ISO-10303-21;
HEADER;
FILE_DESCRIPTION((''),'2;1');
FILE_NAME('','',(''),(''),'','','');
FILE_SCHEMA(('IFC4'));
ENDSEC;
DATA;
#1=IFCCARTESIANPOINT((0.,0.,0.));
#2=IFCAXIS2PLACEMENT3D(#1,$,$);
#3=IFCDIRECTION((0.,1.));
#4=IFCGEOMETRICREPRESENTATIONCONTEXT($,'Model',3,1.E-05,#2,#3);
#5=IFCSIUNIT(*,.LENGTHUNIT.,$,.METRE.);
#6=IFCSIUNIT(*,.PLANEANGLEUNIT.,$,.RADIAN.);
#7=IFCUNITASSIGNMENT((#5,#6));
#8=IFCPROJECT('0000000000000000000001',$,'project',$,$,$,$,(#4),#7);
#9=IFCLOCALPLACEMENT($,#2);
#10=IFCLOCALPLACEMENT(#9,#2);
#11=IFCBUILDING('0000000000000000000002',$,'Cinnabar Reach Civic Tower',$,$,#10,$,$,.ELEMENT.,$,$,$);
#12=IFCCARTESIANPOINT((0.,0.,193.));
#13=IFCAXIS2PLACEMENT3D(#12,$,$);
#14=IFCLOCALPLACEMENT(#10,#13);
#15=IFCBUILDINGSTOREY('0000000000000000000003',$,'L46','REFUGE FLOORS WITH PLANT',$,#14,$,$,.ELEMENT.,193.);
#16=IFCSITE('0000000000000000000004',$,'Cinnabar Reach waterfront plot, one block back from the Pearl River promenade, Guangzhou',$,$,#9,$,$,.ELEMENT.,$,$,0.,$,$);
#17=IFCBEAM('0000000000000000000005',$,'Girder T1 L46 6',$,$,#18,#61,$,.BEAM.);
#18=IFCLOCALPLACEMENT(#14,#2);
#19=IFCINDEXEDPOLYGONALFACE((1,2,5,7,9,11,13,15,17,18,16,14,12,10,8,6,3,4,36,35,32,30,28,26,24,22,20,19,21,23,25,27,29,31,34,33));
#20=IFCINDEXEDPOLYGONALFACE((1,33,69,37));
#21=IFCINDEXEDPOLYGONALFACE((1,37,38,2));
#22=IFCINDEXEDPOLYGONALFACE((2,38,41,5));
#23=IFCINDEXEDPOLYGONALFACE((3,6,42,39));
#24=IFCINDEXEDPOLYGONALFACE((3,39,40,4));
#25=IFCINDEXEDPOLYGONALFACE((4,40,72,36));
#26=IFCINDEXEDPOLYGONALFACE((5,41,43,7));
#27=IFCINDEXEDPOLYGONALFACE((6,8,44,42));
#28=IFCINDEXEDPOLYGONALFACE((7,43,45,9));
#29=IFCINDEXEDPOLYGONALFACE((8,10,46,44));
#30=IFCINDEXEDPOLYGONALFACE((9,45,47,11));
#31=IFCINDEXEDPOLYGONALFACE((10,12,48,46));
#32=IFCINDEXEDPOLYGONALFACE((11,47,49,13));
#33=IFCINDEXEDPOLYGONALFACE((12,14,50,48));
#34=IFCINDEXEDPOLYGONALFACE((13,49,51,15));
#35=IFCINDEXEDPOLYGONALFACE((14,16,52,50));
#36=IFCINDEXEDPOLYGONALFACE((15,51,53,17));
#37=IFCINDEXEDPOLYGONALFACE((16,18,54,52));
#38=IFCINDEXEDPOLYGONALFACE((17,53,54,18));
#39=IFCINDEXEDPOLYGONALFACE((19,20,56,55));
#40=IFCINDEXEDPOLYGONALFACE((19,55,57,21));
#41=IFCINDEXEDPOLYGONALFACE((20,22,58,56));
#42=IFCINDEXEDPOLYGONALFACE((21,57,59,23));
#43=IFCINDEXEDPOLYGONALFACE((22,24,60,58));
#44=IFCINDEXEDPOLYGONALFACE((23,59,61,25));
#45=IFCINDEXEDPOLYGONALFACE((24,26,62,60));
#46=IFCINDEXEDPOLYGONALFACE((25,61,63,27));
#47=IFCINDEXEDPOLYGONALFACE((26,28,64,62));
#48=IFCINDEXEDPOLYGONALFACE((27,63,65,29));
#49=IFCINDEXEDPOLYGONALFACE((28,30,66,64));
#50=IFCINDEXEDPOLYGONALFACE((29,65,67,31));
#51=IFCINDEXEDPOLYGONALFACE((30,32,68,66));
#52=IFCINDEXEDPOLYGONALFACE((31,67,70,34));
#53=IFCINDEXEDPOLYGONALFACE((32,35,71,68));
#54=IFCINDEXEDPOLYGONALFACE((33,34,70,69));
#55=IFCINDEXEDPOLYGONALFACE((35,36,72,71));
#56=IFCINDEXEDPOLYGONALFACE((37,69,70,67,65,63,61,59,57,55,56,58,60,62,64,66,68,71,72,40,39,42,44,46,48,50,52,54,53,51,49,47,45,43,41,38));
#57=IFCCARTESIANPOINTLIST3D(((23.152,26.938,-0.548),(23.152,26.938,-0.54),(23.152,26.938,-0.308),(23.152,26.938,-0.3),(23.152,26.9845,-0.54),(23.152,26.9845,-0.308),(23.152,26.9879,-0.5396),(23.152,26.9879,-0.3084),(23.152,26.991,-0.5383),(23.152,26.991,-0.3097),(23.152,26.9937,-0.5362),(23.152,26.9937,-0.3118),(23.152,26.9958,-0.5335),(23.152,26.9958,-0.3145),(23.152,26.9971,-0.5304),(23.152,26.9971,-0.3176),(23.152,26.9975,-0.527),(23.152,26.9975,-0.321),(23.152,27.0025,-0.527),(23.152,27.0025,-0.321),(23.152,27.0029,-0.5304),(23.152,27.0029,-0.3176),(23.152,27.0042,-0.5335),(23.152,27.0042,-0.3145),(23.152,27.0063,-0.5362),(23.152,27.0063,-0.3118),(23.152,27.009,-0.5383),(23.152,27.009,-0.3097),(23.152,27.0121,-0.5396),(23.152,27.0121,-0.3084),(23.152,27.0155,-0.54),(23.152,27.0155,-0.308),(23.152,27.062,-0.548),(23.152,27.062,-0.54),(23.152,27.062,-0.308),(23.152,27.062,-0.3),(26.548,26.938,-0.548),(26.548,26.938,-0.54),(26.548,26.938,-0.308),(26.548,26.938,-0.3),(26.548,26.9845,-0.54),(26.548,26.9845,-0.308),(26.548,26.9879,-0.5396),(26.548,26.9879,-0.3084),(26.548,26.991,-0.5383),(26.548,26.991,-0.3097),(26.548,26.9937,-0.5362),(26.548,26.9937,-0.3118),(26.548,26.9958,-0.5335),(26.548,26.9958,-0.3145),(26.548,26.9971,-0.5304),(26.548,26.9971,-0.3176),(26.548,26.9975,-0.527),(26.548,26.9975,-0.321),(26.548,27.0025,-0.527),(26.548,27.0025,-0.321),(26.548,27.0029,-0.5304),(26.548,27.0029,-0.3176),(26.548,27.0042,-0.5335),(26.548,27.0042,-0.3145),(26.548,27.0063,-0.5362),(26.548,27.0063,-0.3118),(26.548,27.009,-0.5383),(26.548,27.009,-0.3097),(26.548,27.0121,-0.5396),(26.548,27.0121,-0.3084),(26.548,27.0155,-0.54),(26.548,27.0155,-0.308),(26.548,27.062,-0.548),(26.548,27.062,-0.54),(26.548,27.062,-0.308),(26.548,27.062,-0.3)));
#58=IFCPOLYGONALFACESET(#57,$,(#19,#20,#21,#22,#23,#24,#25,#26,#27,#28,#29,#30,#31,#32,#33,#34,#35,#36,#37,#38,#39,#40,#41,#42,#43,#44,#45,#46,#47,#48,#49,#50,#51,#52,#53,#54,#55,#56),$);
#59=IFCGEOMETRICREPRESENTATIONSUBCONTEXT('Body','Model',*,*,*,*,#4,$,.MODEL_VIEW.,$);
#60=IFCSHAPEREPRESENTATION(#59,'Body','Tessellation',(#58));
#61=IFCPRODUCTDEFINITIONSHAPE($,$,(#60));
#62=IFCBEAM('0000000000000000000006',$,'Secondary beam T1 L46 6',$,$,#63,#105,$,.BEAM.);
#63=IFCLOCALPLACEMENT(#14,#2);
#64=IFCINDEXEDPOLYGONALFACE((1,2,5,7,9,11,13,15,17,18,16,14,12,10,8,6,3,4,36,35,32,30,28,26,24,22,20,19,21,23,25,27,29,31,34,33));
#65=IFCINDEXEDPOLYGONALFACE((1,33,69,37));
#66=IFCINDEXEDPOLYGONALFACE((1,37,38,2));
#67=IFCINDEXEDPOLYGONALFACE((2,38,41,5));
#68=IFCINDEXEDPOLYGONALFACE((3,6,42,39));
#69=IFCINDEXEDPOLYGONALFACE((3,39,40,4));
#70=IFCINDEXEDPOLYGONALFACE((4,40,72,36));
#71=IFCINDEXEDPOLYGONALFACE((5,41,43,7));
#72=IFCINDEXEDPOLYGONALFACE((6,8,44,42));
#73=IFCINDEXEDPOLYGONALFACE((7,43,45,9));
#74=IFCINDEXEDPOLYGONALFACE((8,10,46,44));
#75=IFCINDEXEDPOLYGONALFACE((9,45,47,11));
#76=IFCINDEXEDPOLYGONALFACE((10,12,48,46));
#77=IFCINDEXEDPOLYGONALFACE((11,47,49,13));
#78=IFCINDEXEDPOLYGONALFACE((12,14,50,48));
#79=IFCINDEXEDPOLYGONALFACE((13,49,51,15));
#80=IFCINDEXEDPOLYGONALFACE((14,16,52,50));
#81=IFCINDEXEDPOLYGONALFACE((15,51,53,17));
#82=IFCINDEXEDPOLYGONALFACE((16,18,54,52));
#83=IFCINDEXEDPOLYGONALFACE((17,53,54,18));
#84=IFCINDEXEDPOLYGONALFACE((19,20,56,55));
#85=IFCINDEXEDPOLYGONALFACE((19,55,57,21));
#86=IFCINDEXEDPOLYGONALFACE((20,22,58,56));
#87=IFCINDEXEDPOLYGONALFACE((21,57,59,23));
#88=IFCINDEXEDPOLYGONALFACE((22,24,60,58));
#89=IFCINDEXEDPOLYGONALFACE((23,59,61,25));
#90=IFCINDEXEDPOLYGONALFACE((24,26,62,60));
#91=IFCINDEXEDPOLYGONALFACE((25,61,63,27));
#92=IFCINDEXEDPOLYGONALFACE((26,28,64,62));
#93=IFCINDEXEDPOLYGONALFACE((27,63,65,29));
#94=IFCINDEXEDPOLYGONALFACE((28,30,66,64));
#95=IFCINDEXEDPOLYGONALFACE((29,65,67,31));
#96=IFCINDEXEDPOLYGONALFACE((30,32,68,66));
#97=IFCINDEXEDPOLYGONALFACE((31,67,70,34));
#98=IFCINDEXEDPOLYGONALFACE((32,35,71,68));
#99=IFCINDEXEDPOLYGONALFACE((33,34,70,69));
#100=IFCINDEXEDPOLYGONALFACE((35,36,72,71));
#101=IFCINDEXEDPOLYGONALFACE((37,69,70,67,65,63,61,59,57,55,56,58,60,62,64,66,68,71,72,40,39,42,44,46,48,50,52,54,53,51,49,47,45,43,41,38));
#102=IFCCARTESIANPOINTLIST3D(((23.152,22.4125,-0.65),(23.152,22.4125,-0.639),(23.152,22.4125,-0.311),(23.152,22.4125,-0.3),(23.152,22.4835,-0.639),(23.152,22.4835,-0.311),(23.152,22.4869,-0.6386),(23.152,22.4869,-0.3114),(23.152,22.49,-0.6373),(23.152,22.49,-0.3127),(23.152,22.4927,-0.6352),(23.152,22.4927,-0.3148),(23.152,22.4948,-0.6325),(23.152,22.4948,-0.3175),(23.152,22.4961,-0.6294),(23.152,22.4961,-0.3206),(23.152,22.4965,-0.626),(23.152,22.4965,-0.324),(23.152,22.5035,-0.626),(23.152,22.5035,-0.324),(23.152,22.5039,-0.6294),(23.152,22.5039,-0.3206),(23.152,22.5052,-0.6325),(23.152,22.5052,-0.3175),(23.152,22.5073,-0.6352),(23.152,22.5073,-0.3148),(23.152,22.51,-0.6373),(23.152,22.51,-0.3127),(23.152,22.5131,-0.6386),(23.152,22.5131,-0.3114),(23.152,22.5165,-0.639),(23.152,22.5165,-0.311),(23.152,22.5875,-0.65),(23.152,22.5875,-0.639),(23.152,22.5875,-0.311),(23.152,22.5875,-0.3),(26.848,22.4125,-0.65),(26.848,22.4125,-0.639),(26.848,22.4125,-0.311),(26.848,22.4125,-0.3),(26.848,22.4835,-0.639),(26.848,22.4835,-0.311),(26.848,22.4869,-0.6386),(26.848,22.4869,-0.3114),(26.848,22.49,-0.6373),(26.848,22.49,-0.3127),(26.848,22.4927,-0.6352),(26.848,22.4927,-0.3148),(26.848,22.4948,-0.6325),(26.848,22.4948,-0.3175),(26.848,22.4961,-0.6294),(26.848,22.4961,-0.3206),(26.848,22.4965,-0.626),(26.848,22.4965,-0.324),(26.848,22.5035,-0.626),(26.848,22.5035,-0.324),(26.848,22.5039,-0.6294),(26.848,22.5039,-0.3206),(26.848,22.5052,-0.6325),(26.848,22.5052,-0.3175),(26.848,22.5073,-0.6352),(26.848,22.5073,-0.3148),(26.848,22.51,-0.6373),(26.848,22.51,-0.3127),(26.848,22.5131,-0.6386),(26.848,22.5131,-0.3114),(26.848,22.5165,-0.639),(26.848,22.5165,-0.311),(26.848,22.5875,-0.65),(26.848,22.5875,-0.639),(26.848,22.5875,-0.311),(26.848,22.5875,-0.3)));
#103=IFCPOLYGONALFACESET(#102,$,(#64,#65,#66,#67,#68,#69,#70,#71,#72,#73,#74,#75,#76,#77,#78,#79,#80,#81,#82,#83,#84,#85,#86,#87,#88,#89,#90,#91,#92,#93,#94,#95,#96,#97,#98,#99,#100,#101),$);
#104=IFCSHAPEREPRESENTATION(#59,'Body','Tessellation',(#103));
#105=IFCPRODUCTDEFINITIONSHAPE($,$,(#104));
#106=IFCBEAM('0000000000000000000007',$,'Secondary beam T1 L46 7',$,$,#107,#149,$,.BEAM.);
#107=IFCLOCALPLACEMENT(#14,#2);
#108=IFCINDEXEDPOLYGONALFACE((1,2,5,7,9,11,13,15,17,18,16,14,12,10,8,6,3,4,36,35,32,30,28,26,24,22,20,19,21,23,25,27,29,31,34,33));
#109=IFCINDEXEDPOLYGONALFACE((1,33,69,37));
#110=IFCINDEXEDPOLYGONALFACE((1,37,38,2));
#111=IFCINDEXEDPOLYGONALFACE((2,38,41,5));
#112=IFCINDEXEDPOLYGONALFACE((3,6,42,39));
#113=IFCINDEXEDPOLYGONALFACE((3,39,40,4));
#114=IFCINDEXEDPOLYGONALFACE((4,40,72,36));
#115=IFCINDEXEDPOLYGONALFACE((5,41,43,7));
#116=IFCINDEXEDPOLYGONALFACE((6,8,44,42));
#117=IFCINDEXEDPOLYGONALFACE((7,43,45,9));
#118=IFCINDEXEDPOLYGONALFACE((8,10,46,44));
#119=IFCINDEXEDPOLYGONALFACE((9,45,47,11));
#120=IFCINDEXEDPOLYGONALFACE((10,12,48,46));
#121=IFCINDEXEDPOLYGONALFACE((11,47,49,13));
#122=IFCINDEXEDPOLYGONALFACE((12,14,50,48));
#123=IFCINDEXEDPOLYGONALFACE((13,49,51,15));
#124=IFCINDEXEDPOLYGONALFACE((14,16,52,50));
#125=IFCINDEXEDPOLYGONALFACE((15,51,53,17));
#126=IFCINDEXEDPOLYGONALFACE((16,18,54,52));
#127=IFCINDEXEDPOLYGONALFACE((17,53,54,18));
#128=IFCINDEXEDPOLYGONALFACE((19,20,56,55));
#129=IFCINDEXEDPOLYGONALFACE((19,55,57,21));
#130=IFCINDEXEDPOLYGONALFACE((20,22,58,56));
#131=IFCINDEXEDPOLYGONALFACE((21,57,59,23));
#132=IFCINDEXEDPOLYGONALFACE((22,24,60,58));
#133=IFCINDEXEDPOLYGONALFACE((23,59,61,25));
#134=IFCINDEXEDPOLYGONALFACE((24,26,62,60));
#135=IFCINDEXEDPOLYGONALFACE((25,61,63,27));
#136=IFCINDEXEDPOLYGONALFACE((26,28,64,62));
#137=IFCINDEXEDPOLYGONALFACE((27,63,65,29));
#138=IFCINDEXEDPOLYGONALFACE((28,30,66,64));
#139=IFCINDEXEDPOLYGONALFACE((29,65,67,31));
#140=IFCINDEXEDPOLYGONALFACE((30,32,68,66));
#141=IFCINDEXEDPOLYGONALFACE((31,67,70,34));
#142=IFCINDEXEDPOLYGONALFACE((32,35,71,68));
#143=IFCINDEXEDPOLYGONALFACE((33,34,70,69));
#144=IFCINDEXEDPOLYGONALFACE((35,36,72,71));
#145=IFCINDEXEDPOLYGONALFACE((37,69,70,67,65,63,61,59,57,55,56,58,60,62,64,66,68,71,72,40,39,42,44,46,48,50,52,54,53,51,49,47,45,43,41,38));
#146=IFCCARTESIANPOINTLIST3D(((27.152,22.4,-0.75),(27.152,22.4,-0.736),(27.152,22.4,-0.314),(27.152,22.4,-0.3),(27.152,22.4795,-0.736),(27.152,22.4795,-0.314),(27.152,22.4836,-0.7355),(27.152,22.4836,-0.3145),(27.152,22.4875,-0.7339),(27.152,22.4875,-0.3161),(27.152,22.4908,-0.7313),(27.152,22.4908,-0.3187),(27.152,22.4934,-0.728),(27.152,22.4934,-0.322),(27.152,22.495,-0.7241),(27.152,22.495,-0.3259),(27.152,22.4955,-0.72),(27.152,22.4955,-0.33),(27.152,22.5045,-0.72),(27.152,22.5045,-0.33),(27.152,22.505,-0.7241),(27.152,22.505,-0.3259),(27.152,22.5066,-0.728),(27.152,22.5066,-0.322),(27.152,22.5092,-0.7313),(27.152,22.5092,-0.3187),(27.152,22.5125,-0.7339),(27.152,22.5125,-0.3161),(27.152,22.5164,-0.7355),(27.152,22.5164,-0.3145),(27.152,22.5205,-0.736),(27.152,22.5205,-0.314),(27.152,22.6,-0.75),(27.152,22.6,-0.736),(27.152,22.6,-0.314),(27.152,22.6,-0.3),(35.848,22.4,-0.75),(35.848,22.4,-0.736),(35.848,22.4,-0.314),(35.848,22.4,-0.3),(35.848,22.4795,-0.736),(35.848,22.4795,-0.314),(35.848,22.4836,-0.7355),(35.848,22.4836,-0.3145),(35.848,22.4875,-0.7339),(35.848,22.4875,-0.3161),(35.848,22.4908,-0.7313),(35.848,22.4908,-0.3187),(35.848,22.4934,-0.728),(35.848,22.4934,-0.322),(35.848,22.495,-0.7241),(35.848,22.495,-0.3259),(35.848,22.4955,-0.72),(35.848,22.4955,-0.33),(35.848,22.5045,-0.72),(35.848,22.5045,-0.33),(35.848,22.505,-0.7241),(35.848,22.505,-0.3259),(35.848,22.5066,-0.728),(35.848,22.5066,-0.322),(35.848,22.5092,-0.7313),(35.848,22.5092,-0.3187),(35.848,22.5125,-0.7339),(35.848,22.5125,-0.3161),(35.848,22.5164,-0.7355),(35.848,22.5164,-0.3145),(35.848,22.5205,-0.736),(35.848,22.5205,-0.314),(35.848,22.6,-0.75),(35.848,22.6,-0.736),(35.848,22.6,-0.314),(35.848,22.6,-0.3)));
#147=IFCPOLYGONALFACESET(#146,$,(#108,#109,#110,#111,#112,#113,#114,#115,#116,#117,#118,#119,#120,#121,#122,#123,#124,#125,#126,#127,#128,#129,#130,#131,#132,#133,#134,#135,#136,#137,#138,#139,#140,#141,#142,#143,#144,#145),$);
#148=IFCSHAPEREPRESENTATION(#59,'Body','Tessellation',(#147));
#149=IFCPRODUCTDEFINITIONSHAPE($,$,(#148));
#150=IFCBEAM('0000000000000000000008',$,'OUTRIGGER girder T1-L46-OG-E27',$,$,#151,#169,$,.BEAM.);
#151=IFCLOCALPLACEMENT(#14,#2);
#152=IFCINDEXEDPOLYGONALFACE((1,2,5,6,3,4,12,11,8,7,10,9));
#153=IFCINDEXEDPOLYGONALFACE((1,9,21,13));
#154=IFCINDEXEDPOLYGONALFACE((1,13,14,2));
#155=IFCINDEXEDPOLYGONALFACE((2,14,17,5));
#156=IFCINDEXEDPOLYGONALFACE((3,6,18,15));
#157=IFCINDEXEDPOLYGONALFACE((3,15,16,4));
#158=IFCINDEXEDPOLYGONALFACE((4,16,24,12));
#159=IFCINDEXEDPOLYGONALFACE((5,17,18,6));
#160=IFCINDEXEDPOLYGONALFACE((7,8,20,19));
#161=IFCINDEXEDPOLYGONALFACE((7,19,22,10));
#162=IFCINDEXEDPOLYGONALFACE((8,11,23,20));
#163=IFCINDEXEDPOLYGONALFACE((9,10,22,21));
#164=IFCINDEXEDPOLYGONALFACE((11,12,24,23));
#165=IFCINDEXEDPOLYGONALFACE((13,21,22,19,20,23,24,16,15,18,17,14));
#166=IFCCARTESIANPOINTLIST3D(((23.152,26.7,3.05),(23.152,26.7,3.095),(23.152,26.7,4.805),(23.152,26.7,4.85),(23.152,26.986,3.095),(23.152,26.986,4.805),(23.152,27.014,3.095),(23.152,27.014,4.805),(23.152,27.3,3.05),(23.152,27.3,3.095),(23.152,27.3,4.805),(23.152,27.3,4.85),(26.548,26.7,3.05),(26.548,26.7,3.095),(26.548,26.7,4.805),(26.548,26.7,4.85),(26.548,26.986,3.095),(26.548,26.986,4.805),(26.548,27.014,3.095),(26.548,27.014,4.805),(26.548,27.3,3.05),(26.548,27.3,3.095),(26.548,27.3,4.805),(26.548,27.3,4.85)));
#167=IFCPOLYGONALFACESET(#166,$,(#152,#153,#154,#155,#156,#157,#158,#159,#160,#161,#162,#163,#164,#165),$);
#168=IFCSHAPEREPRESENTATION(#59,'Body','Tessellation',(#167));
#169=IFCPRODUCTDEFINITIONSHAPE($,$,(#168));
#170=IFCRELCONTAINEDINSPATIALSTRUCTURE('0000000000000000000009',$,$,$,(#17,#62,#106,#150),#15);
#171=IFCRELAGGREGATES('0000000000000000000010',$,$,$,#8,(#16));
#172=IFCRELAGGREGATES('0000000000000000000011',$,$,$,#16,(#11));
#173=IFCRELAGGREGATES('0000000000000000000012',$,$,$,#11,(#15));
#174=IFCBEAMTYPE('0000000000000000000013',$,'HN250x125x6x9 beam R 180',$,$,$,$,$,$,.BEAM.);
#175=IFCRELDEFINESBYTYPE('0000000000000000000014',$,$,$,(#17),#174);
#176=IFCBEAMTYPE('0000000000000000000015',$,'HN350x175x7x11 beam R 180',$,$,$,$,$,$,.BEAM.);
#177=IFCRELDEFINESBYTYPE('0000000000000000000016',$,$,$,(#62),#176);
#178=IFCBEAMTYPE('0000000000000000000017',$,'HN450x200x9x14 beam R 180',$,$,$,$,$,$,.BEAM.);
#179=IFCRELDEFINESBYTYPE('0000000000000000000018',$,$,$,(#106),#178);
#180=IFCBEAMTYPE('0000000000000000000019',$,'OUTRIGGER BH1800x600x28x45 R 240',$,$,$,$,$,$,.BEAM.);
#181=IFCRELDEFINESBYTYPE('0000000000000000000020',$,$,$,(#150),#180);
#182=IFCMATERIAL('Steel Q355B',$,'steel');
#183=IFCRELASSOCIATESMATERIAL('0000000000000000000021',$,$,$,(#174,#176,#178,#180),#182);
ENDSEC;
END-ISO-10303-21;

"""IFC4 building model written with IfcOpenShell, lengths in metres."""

from ifc_helpers import new_model, si_unit, direction, frame, origin, origin_2d, place, context, subcontext, project, spatial, i_section, extrude, material, material_profile, profile_set, type_object, element, save


model = new_model("IFC4")

# Units and contexts
model_context = context("Model", 3, precision=1e-05, world=origin(), true_north=direction((0.0, 1.0)))
body_context = subcontext(model_context, "Body", "Model", "MODEL_VIEW")
ifc_project = project(units=[si_unit("LENGTHUNIT", "METRE"), si_unit("PLANEANGLEUNIT", "RADIAN")], contexts=[model_context])

# Site, building, storey
site_placement = place(None, origin())
site = spatial("IfcSite", under=ifc_project, at=site_placement, Name="Cinnabar Reach waterfront plot, one block back from the Pearl River promenade, Guangzhou", CompositionType="ELEMENT", RefElevation=0.0)
building_placement = place(site_placement, origin())
building = spatial("IfcBuilding", under=site, at=building_placement, Name="Cinnabar Reach Civic Tower", CompositionType="ELEMENT")
storey_placement = place(building_placement, frame((0.0, 0.0, 193.0)))
storey = spatial("IfcBuildingStorey", under=building, at=storey_placement, Name="L46", Description="REFUGE FLOORS WITH PLANT", CompositionType="ELEMENT", Elevation=193.0)

# Beams
ifc_material_1 = material(Name="Steel Q355B", Category="steel")
ifc_material_profile_1 = material_profile(ifc_material_1, i_section(OverallWidth=0.124, OverallDepth=0.248, WebThickness=0.005, FlangeThickness=0.008, FilletRadius=0.013, at=origin_2d()), Name="HN250x125x6x9")
ifc_profile_set_1 = profile_set([ifc_material_profile_1], Name="Steel Q355B")
beam_type_1 = type_object("IfcBeamType", Name="HN250x125x6x9 beam R 180", PredefinedType="BEAM", material=ifc_profile_set_1)
beam_1_placement = place(storey_placement, frame((23.152, 27.0, -0.424), z_axis=(1.0, 0.0, 0.0), x_axis=(0.0, 1.0, 0.0)))
element("IfcBeam", 1, at=beam_1_placement, inside=storey, type_object=beam_type_1, Name="Girder T1 L46 6", PredefinedType="BEAM", context=body_context, shape_type="SweptSolid", body=[
    extrude(i_section(OverallWidth=0.124, OverallDepth=0.248, WebThickness=0.005, FlangeThickness=0.008, FilletRadius=0.013, at=origin_2d()), origin(), (0.0, 0.0, 1.0), 3.396),
])
ifc_material_profile_2 = material_profile(ifc_material_1, i_section(OverallWidth=0.175, OverallDepth=0.35, WebThickness=0.007, FlangeThickness=0.011, FilletRadius=0.013, at=origin_2d()), Name="HN350x175x7x11")
ifc_profile_set_2 = profile_set([ifc_material_profile_2], Name="Steel Q355B")
beam_type_2 = type_object("IfcBeamType", Name="HN350x175x7x11 beam R 180", PredefinedType="BEAM", material=ifc_profile_set_2)
beam_2_placement = place(storey_placement, frame((23.152, 22.5, -0.475), z_axis=(1.0, 0.0, 0.0), x_axis=(0.0, 1.0, 0.0)))
element("IfcBeam", 2, at=beam_2_placement, inside=storey, type_object=beam_type_2, Name="Secondary beam T1 L46 6", PredefinedType="BEAM", context=body_context, shape_type="SweptSolid", body=[
    extrude(i_section(OverallWidth=0.175, OverallDepth=0.35, WebThickness=0.007, FlangeThickness=0.011, FilletRadius=0.013, at=origin_2d()), origin(), (0.0, 0.0, 1.0), 3.696),
])
ifc_material_profile_3 = material_profile(ifc_material_1, i_section(OverallWidth=0.2, OverallDepth=0.45, WebThickness=0.009, FlangeThickness=0.014, FilletRadius=0.016, at=origin_2d()), Name="HN450x200x9x14")
ifc_profile_set_3 = profile_set([ifc_material_profile_3], Name="Steel Q355B")
beam_type_3 = type_object("IfcBeamType", Name="HN450x200x9x14 beam R 180", PredefinedType="BEAM", material=ifc_profile_set_3)
beam_3_placement = place(storey_placement, frame((27.152, 22.5, -0.525), z_axis=(1.0, 0.0, 0.0), x_axis=(0.0, 1.0, 0.0)))
element("IfcBeam", 3, at=beam_3_placement, inside=storey, type_object=beam_type_3, Name="Secondary beam T1 L46 7", PredefinedType="BEAM", context=body_context, shape_type="SweptSolid", body=[
    extrude(i_section(OverallWidth=0.2, OverallDepth=0.45, WebThickness=0.009, FlangeThickness=0.014, FilletRadius=0.016, at=origin_2d()), origin(), (0.0, 0.0, 1.0), 8.696),
])
ifc_material_profile_4 = material_profile(ifc_material_1, i_section(OverallWidth=0.6, OverallDepth=1.8, WebThickness=0.028, FlangeThickness=0.045, at=origin_2d()), Name="BH1800x600x28x45")
ifc_profile_set_4 = profile_set([ifc_material_profile_4], Name="Steel Q355B")
beam_type_4 = type_object("IfcBeamType", Name="OUTRIGGER BH1800x600x28x45 R 240", PredefinedType="BEAM", material=ifc_profile_set_4)
beam_4_placement = place(storey_placement, frame((23.152, 27.0, 3.95), z_axis=(1.0, 0.0, 0.0), x_axis=(0.0, 1.0, 0.0)))
element("IfcBeam", 4, at=beam_4_placement, inside=storey, type_object=beam_type_4, Name="OUTRIGGER girder T1-L46-OG-E27", PredefinedType="BEAM", context=body_context, shape_type="SweptSolid", body=[
    extrude(i_section(OverallWidth=0.6, OverallDepth=1.8, WebThickness=0.028, FlangeThickness=0.045, at=origin_2d()), origin(), (0.0, 0.0, 1.0), 3.396),
])

save(model, "model.ifc")
